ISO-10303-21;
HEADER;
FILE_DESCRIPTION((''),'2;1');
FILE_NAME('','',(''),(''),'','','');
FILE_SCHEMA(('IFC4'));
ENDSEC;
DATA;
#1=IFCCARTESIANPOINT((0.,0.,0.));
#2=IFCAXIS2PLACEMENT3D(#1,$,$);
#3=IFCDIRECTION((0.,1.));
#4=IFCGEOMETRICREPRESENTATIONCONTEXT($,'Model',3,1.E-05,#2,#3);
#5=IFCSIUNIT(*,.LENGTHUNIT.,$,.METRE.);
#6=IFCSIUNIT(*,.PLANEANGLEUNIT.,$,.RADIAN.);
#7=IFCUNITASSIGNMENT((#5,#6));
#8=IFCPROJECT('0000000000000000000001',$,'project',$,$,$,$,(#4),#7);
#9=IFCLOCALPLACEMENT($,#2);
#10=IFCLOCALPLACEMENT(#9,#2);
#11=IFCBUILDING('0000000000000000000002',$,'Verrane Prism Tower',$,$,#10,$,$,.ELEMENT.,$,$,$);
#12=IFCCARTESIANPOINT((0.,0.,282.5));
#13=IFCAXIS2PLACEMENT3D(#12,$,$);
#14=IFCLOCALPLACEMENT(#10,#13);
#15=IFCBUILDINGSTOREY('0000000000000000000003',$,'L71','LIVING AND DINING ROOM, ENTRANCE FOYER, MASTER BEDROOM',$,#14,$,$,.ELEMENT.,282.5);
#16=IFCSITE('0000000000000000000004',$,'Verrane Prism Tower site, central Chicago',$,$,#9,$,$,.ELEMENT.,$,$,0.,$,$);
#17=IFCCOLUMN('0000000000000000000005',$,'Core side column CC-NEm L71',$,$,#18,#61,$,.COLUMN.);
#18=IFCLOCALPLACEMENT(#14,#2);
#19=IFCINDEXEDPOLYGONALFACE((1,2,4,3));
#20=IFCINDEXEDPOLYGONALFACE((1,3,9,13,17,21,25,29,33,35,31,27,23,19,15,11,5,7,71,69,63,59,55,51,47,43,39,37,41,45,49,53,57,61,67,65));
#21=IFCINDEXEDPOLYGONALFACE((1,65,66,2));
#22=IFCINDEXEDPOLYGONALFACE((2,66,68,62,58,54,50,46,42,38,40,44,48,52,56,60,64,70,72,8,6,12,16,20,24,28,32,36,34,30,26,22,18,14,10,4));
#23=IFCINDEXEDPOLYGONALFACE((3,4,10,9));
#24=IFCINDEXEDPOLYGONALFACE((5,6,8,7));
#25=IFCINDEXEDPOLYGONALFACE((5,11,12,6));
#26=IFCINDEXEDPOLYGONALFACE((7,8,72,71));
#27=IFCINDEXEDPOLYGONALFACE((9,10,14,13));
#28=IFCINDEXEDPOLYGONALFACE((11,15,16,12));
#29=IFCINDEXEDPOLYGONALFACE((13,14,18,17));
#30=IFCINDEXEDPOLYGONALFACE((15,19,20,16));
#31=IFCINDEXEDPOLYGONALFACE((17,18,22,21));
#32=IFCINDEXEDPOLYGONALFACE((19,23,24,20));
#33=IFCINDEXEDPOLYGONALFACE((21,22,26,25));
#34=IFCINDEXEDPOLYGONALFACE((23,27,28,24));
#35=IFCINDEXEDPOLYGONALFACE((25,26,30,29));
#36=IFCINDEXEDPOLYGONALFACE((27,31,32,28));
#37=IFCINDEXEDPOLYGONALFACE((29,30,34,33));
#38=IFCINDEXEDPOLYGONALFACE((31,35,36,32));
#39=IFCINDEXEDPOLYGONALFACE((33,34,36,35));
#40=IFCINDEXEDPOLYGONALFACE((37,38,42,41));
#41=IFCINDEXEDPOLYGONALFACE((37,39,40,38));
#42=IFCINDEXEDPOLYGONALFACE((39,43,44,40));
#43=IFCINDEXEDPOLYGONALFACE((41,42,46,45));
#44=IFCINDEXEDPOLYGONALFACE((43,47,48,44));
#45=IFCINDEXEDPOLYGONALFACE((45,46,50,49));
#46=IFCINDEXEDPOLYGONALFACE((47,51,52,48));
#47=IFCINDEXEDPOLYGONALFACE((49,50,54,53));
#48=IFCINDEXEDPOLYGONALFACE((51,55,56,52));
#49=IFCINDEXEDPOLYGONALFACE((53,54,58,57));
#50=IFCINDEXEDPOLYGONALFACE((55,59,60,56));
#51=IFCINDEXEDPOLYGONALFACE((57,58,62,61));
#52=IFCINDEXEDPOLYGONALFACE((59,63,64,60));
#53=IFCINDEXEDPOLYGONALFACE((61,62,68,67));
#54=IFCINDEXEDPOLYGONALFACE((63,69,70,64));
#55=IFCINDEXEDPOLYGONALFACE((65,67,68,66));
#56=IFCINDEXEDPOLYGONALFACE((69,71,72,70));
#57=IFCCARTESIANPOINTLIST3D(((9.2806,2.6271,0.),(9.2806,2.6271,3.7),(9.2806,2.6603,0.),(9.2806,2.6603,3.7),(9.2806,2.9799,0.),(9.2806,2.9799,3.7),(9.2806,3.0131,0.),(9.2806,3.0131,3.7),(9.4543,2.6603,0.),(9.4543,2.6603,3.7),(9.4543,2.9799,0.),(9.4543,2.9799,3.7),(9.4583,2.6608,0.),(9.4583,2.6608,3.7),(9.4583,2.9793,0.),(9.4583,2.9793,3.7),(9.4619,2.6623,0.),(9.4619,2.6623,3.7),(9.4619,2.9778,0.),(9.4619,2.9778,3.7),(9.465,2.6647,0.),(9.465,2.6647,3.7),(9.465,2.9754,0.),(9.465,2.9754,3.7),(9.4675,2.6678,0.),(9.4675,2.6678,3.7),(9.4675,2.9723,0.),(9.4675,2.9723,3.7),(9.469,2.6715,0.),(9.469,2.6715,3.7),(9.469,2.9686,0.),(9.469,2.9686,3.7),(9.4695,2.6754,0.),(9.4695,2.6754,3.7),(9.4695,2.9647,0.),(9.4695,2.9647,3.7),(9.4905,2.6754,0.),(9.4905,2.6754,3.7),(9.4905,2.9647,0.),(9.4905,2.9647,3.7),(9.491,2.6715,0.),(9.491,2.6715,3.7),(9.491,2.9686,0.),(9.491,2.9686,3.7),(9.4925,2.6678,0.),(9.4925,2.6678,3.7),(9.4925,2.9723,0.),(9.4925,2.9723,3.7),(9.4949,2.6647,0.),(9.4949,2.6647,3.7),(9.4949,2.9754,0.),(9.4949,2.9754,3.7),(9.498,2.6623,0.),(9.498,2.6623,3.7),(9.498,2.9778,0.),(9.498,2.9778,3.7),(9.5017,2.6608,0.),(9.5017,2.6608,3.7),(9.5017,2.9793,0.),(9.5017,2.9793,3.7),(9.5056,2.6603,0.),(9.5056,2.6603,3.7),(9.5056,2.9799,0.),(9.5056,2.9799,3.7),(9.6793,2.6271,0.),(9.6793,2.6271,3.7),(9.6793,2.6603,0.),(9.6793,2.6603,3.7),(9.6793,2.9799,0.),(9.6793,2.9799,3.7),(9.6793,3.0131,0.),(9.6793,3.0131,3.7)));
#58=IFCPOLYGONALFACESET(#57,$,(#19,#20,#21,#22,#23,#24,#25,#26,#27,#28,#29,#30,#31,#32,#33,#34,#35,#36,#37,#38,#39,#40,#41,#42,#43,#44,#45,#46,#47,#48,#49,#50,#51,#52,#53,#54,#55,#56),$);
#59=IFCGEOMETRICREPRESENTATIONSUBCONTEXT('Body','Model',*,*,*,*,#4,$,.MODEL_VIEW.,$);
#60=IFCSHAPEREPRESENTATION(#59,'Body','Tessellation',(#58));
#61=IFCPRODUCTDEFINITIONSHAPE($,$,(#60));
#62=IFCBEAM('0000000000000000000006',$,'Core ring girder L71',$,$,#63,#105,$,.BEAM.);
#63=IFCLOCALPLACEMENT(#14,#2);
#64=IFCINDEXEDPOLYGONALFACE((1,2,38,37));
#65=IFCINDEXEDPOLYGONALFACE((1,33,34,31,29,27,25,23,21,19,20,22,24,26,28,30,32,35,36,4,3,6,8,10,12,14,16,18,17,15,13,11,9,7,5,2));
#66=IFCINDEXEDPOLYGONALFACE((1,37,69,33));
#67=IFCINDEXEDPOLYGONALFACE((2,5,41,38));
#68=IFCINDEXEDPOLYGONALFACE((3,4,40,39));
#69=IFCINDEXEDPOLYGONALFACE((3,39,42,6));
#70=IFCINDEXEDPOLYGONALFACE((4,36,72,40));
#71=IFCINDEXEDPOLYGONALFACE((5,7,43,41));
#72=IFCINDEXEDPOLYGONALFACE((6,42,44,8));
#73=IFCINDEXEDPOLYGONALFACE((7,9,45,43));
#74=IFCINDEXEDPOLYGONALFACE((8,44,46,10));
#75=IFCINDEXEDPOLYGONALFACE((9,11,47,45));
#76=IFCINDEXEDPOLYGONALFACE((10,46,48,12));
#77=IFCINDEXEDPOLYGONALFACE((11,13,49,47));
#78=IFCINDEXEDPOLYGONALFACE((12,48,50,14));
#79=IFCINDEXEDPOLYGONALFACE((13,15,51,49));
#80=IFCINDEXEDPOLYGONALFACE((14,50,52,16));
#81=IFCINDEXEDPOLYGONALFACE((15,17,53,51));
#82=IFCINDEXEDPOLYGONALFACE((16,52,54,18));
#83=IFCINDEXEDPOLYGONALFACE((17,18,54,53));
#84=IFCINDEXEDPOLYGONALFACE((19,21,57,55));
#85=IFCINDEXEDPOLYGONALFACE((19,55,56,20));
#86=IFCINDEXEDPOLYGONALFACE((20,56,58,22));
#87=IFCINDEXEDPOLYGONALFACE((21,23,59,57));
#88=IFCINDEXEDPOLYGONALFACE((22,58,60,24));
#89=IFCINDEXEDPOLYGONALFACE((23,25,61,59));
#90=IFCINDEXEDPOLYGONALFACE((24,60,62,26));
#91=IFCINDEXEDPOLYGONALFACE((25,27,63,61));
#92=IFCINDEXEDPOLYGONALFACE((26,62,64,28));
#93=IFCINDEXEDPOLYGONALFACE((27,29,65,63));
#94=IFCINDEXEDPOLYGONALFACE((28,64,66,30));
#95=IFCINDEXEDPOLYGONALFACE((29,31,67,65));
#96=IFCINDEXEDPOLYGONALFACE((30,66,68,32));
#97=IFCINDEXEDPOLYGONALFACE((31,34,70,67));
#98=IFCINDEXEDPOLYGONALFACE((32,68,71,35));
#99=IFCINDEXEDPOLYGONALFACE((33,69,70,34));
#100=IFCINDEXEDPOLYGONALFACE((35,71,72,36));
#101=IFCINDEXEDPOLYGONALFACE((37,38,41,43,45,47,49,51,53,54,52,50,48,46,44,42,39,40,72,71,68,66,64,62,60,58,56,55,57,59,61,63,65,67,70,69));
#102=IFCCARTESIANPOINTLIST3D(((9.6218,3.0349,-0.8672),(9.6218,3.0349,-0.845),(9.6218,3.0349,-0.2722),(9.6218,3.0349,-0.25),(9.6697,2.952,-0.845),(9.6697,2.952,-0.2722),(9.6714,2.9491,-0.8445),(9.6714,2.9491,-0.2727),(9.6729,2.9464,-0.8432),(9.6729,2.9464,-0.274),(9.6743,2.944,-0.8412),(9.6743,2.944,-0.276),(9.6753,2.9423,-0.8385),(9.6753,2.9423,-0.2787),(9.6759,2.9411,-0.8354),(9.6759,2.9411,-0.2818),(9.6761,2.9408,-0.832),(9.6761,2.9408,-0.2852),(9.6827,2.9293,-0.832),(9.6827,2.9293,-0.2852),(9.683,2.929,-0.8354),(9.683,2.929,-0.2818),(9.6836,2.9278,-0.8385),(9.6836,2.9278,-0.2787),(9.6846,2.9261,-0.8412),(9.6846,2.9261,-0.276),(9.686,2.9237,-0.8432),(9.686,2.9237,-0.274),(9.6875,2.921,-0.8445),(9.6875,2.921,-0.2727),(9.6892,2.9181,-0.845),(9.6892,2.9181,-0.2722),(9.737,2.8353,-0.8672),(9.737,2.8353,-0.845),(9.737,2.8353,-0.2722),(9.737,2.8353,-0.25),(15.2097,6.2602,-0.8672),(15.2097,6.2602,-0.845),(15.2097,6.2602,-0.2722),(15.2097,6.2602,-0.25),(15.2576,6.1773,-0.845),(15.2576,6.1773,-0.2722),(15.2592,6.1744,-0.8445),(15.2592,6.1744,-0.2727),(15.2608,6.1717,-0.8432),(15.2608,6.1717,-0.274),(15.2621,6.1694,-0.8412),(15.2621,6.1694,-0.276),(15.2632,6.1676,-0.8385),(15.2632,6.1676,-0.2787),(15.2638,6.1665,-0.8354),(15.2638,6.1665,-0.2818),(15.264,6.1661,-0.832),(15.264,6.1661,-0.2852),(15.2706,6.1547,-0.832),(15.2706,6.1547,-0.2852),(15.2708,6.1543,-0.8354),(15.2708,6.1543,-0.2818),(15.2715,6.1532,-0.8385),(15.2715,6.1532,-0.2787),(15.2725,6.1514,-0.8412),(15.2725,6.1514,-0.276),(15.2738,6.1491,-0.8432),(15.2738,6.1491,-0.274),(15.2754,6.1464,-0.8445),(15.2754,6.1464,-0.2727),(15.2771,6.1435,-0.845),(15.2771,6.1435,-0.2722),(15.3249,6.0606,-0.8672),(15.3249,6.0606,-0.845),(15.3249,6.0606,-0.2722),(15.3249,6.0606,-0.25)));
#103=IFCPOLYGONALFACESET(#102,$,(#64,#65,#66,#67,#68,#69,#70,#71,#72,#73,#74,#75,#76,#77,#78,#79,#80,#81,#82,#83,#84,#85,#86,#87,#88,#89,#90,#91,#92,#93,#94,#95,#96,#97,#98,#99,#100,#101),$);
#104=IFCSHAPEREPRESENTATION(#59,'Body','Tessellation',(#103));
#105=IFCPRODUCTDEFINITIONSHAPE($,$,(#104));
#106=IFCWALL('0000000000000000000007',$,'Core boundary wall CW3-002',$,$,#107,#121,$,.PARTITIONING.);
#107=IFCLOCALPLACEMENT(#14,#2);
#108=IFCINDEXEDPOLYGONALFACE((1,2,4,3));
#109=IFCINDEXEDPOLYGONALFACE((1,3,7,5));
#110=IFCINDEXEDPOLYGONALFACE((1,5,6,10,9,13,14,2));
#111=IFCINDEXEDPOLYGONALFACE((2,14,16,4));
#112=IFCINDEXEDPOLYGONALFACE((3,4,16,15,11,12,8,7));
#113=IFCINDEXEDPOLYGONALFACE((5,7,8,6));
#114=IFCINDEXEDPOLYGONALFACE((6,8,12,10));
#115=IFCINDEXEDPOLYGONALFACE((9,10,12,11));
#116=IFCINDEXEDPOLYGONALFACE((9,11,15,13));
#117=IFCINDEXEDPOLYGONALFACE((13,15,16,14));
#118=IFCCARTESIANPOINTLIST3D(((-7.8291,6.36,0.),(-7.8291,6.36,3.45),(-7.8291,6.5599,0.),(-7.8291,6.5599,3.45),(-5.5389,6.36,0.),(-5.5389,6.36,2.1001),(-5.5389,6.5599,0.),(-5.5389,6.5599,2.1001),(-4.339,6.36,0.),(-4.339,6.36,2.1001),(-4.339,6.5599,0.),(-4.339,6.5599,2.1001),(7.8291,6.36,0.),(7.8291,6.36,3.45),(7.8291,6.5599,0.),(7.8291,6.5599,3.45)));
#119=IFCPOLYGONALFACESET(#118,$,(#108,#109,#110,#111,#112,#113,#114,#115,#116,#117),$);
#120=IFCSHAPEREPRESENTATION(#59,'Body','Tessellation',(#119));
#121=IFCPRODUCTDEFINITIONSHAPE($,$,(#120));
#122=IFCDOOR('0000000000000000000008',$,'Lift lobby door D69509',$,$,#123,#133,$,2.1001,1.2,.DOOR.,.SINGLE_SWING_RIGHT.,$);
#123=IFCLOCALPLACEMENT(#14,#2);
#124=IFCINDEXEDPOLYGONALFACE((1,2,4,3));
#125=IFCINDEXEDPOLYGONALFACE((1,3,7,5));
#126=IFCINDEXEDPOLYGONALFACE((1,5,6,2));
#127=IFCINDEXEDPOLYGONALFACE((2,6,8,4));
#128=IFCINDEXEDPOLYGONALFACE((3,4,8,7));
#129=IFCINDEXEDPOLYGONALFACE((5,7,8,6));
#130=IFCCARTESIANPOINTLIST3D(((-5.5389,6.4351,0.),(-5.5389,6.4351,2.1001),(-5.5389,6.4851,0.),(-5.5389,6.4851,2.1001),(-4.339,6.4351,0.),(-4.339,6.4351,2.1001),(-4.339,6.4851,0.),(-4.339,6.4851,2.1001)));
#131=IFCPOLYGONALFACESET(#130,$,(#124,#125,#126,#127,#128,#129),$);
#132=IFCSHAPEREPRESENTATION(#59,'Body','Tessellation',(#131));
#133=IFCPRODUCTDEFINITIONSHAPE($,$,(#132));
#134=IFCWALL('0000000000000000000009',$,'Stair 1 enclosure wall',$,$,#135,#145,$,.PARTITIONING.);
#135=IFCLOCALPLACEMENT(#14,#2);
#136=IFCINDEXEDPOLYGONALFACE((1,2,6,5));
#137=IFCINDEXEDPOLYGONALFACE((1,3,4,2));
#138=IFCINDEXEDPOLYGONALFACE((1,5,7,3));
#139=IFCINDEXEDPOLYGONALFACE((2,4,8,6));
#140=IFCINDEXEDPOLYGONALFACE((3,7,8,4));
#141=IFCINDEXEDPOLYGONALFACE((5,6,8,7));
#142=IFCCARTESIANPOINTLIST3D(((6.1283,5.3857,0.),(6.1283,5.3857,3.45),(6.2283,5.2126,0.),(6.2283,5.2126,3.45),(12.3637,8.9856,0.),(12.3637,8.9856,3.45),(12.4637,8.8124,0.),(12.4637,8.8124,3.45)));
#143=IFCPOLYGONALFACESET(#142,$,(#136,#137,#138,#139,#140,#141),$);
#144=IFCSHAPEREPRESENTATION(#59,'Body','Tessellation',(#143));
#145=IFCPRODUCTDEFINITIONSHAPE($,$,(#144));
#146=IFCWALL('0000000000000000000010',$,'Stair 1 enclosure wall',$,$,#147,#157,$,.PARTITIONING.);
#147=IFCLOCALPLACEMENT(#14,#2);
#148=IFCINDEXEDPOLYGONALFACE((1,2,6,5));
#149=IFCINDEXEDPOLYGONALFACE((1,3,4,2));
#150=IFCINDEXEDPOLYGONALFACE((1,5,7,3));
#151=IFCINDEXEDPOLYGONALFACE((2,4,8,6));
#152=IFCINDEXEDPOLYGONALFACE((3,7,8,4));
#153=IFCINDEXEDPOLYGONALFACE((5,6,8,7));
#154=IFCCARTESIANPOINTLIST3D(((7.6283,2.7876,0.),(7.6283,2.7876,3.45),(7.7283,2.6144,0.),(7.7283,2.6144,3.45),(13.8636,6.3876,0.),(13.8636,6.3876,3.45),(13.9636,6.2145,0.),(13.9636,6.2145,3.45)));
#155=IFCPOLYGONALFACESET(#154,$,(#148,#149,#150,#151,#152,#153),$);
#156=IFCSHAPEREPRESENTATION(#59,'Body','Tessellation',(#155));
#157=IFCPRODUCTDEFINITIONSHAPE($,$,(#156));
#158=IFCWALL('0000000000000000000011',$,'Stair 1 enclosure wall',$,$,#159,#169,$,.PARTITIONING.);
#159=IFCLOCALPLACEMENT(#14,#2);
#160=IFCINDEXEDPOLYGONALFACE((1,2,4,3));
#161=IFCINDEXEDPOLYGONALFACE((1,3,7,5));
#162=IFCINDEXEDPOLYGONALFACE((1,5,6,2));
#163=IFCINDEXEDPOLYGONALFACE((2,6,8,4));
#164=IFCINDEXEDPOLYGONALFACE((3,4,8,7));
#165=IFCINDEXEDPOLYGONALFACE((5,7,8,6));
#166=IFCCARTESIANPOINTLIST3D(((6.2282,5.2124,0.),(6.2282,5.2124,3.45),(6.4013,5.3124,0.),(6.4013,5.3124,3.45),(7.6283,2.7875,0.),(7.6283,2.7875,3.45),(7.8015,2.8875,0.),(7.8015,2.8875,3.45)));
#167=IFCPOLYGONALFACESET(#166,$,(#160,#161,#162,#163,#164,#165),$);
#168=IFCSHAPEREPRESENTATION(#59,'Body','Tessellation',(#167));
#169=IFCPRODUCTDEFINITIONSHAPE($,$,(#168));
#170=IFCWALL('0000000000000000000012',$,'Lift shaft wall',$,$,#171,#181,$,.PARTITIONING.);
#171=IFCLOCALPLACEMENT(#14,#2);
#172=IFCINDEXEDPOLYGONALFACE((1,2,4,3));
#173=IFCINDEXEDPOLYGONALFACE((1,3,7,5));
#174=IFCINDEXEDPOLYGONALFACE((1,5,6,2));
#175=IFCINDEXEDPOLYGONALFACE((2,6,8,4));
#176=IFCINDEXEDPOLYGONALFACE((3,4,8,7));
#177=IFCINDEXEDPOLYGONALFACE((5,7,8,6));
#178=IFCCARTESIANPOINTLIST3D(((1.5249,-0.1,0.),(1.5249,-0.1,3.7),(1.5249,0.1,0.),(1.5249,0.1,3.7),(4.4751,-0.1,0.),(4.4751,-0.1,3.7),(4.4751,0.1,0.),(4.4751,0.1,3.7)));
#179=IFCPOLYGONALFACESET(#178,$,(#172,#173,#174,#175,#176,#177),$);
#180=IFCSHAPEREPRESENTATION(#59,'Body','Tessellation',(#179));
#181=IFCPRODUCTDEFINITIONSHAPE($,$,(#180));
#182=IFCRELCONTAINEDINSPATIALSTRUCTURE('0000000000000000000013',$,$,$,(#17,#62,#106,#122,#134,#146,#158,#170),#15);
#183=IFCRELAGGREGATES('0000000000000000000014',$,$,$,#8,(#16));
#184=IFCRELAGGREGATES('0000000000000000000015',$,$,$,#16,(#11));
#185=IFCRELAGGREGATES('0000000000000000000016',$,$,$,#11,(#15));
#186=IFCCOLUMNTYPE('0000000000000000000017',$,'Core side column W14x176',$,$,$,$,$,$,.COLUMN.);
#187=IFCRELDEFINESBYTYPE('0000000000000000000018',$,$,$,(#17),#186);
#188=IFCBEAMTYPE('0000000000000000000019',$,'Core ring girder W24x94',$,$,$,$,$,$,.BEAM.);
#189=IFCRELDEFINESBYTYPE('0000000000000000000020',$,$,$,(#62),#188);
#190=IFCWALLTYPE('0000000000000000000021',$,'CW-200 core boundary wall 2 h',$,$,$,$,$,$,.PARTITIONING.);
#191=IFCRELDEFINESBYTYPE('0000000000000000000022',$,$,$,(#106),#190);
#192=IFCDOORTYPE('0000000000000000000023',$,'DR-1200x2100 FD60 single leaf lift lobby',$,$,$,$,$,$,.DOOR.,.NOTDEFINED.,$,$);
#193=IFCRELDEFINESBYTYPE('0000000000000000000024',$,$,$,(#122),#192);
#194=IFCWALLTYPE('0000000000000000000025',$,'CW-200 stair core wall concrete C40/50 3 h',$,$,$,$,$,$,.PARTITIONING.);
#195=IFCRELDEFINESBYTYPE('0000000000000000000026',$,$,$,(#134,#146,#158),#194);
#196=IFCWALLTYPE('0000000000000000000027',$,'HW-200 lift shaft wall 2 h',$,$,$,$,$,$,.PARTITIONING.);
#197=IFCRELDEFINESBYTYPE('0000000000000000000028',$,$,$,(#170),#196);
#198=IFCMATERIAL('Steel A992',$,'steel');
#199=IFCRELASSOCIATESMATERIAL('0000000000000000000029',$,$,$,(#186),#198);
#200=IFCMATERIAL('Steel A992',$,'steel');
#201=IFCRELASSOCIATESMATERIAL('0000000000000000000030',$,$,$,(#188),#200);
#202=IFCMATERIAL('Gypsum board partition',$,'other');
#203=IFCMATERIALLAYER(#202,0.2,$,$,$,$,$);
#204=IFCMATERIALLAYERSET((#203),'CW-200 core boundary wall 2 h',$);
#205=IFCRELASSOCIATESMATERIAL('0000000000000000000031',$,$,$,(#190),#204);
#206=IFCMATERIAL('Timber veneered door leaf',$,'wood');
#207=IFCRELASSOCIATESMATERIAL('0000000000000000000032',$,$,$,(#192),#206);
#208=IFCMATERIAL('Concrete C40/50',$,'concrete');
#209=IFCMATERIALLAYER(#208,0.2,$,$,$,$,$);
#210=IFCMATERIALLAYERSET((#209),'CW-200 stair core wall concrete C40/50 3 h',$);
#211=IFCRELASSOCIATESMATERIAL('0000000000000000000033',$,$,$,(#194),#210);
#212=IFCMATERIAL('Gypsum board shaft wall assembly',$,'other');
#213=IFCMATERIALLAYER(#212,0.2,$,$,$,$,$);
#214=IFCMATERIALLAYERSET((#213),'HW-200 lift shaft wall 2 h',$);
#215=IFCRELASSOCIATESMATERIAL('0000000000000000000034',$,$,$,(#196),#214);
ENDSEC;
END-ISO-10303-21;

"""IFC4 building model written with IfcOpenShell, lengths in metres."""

from ifc_helpers import new_model, si_unit, direction, frame, frame_2d, origin, origin_2d, place, context, subcontext, project, spatial, rectangle, i_section, extrude, material, layer, layer_set, material_profile, profile_set, type_object, element, fill, save


model = new_model("IFC4")

# Units and contexts
model_context = context("Model", 3, precision=1e-05, world=origin(), true_north=direction((0.0, 1.0)))
body_context = subcontext(model_context, "Body", "Model", "MODEL_VIEW")
ifc_project = project(units=[si_unit("LENGTHUNIT", "METRE"), si_unit("PLANEANGLEUNIT", "RADIAN")], contexts=[model_context])

# Site, building, storey
site_placement = place(None, origin())
site = spatial("IfcSite", under=ifc_project, at=site_placement, Name="Verrane Prism Tower site, central Chicago", CompositionType="ELEMENT", RefElevation=0.0)
building_placement = place(site_placement, origin())
building = spatial("IfcBuilding", under=site, at=building_placement, Name="Verrane Prism Tower", CompositionType="ELEMENT")
storey_placement = place(building_placement, frame((0.0, 0.0, 282.5)))
storey = spatial("IfcBuildingStorey", under=building, at=storey_placement, Name="L71", Description="LIVING AND DINING ROOM, ENTRANCE FOYER, MASTER BEDROOM", CompositionType="ELEMENT", Elevation=282.5)

# Column
ifc_material_1 = material(Name="Steel A992", Category="steel")
ifc_material_profile_1 = material_profile(ifc_material_1, i_section(OverallWidth=0.3987, OverallDepth=0.386, WebThickness=0.021, FlangeThickness=0.0332, FilletRadius=0.0151, at=origin_2d()), Name="W14x176")
ifc_profile_set_1 = profile_set([ifc_material_profile_1], Name="Steel A992")
column_type = type_object("IfcColumnType", Name="Core side column W14x176", PredefinedType="COLUMN", material=ifc_profile_set_1)
column_placement = place(storey_placement, frame((9.48, 2.8201, 0.0), z_axis=(0.0, 0.0, 1.0), x_axis=(1.0, 0.0, 0.0)))
element("IfcColumn", 1, at=column_placement, inside=storey, type_object=column_type, Name="Core side column CC-NEm L71", PredefinedType="COLUMN", context=body_context, shape_type="SweptSolid", body=[
    extrude(i_section(OverallWidth=0.3987, OverallDepth=0.386, WebThickness=0.021, FlangeThickness=0.0332, FilletRadius=0.0151, at=origin_2d()), origin(), (0.0, 0.0, 1.0), 3.7),
])

# Beam
ifc_material_2 = material(Name="Steel A992", Category="steel")
ifc_material_profile_2 = material_profile(ifc_material_2, i_section(OverallWidth=0.2305, OverallDepth=0.6172, WebThickness=0.0132, FlangeThickness=0.0222, FilletRadius=0.0129, at=origin_2d()), Name="W24x94")
ifc_profile_set_2 = profile_set([ifc_material_profile_2], Name="Steel A992")
beam_type = type_object("IfcBeamType", Name="Core ring girder W24x94", PredefinedType="BEAM", material=ifc_profile_set_2)
beam_placement = place(storey_placement, frame((9.6794, 2.9351, -0.5586), z_axis=(0.866081, 0.499904, 0.0), x_axis=(-0.499904, 0.866081, 0.0)))
element("IfcBeam", 2, at=beam_placement, inside=storey, type_object=beam_type, Name="Core ring girder L71", PredefinedType="BEAM", context=body_context, shape_type="SweptSolid", body=[
    extrude(i_section(OverallWidth=0.2305, OverallDepth=0.6172, WebThickness=0.0132, FlangeThickness=0.0222, FilletRadius=0.0129, at=origin_2d()), origin(), (0.0, 0.0, 1.0), 6.4519),
])

# Wall, opening, door
ifc_material_3 = material(Name="Gypsum board partition", Category="other")
ifc_layer_1 = layer(ifc_material_3, 0.2)
ifc_layer_set_1 = layer_set([ifc_layer_1], Name="CW-200 core boundary wall 2 h")
wall_type_1 = type_object("IfcWallType", Name="CW-200 core boundary wall 2 h", PredefinedType="PARTITIONING", material=ifc_layer_set_1)
wall_1_placement = place(storey_placement, frame((7.8291, 6.46, 0.0), z_axis=(0.0, 0.0, 1.0), x_axis=(-1.0, 0.0, 0.0)))
wall_1 = element("IfcWall", 3, at=wall_1_placement, inside=storey, type_object=wall_type_1, Name="Core boundary wall CW3-002", PredefinedType="PARTITIONING", context=body_context, shape_type="SweptSolid", body=[
    extrude(rectangle(XDim=15.6582, YDim=0.2, at=frame_2d((7.8291, 0.0))), origin(), (0.0, 0.0, 1.0), 3.45),
])
opening_1_placement = place(wall_1_placement, frame((12.168, 0.0, 0.0)))
opening_1 = element("IfcOpeningElement", 4, at=opening_1_placement, cuts=wall_1, PredefinedType="OPENING", context=body_context, shape_type="SweptSolid", body=[
    extrude(rectangle(XDim=1.2, YDim=2.1001, at=frame_2d((0.6001, 1.05))), frame((0.0, 0.1099, 0.0), z_axis=(0.0, -1.0, 0.0), x_axis=(1.0, 0.0, 0.0)), (0.0, 0.0, 1.0), 0.22),
])
ifc_material_4 = material(Name="Timber veneered door leaf", Category="wood")
door_type_1 = type_object("IfcDoorType", Name="DR-1200x2100 FD60 single leaf lift lobby", OperationType="NOTDEFINED", PredefinedType="DOOR", material=ifc_material_4)
door_1_placement = place(opening_1_placement, origin())
door_1 = element("IfcDoor", 5, at=door_1_placement, inside=storey, type_object=door_type_1, Name="Lift lobby door D69509", OperationType="SINGLE_SWING_RIGHT", OverallHeight=2.1001, OverallWidth=1.2, PredefinedType="DOOR", context=body_context, shape_type="SweptSolid", body=[
    extrude(rectangle(XDim=1.2, YDim=2.1001, at=frame_2d((0.6001, 1.05))), frame((0.0, 0.0249, 0.0), z_axis=(0.0, -1.0, 0.0), x_axis=(1.0, 0.0, 0.0)), (0.0, 0.0, 1.0), 0.05),
])
fill(opening_1, door_1)

# Walls
ifc_material_5 = material(Name="Concrete C40/50", Category="concrete")
ifc_layer_2 = layer(ifc_material_5, 0.2)
ifc_layer_set_2 = layer_set([ifc_layer_2], Name="CW-200 stair core wall concrete C40/50 3 h")
wall_type_2 = type_object("IfcWallType", Name="CW-200 stair core wall concrete C40/50 3 h", PredefinedType="PARTITIONING", material=ifc_layer_set_2)
for number, where, z_axis, x_axis, name in (
    (6, (6.1782, 5.2991, 0.0), (0.0, 0.0, 1.0), (0.866033, 0.499987, 0.0), "Stair 1 enclosure wall"),
    (7, (7.6782, 2.7009, 0.0), (0.0, 0.0, 1.0), (0.866018, 0.500012, 0.0), "Stair 1 enclosure wall"),
):
    element("IfcWall", number, at=place(storey_placement, frame(where, z_axis=z_axis, x_axis=x_axis)), inside=storey, type_object=wall_type_2, Name=name, PredefinedType="PARTITIONING", context=body_context, shape_type="SweptSolid", body=[
        extrude(rectangle(XDim=7.2, YDim=0.2, at=frame_2d((3.6001, 0.0))), origin(), (0.0, 0.0, 1.0), 3.45),
    ])
wall_2_placement = place(storey_placement, frame((7.7148, 2.8376, 0.0), z_axis=(0.0, 0.0, 1.0), x_axis=(-0.50005, 0.865997, 0.0)))
element("IfcWall", 8, at=wall_2_placement, inside=storey, type_object=wall_type_2, Name="Stair 1 enclosure wall", PredefinedType="PARTITIONING", context=body_context, shape_type="SweptSolid", body=[
    extrude(rectangle(XDim=2.8, YDim=0.2, at=frame_2d((1.3999, 0.0))), origin(), (0.0, 0.0, 1.0), 3.45),
])
ifc_material_6 = material(Name="Gypsum board shaft wall assembly", Category="other")
ifc_layer_3 = layer(ifc_material_6, 0.2)
ifc_layer_set_3 = layer_set([ifc_layer_3], Name="HW-200 lift shaft wall 2 h")
wall_type_3 = type_object("IfcWallType", Name="HW-200 lift shaft wall 2 h", PredefinedType="PARTITIONING", material=ifc_layer_set_3)
wall_3_placement = place(storey_placement, frame((1.5249, 0.0, 0.0), z_axis=(0.0, 0.0, 1.0), x_axis=(1.0, 0.0, 0.0)))
element("IfcWall", 9, at=wall_3_placement, inside=storey, type_object=wall_type_3, Name="Lift shaft wall", PredefinedType="PARTITIONING", context=body_context, shape_type="SweptSolid", body=[
    extrude(rectangle(XDim=2.9502, YDim=0.2, at=frame_2d((1.4751, 0.0))), origin(), (0.0, 0.0, 1.0), 3.7),
])

save(model, "model.ifc")
